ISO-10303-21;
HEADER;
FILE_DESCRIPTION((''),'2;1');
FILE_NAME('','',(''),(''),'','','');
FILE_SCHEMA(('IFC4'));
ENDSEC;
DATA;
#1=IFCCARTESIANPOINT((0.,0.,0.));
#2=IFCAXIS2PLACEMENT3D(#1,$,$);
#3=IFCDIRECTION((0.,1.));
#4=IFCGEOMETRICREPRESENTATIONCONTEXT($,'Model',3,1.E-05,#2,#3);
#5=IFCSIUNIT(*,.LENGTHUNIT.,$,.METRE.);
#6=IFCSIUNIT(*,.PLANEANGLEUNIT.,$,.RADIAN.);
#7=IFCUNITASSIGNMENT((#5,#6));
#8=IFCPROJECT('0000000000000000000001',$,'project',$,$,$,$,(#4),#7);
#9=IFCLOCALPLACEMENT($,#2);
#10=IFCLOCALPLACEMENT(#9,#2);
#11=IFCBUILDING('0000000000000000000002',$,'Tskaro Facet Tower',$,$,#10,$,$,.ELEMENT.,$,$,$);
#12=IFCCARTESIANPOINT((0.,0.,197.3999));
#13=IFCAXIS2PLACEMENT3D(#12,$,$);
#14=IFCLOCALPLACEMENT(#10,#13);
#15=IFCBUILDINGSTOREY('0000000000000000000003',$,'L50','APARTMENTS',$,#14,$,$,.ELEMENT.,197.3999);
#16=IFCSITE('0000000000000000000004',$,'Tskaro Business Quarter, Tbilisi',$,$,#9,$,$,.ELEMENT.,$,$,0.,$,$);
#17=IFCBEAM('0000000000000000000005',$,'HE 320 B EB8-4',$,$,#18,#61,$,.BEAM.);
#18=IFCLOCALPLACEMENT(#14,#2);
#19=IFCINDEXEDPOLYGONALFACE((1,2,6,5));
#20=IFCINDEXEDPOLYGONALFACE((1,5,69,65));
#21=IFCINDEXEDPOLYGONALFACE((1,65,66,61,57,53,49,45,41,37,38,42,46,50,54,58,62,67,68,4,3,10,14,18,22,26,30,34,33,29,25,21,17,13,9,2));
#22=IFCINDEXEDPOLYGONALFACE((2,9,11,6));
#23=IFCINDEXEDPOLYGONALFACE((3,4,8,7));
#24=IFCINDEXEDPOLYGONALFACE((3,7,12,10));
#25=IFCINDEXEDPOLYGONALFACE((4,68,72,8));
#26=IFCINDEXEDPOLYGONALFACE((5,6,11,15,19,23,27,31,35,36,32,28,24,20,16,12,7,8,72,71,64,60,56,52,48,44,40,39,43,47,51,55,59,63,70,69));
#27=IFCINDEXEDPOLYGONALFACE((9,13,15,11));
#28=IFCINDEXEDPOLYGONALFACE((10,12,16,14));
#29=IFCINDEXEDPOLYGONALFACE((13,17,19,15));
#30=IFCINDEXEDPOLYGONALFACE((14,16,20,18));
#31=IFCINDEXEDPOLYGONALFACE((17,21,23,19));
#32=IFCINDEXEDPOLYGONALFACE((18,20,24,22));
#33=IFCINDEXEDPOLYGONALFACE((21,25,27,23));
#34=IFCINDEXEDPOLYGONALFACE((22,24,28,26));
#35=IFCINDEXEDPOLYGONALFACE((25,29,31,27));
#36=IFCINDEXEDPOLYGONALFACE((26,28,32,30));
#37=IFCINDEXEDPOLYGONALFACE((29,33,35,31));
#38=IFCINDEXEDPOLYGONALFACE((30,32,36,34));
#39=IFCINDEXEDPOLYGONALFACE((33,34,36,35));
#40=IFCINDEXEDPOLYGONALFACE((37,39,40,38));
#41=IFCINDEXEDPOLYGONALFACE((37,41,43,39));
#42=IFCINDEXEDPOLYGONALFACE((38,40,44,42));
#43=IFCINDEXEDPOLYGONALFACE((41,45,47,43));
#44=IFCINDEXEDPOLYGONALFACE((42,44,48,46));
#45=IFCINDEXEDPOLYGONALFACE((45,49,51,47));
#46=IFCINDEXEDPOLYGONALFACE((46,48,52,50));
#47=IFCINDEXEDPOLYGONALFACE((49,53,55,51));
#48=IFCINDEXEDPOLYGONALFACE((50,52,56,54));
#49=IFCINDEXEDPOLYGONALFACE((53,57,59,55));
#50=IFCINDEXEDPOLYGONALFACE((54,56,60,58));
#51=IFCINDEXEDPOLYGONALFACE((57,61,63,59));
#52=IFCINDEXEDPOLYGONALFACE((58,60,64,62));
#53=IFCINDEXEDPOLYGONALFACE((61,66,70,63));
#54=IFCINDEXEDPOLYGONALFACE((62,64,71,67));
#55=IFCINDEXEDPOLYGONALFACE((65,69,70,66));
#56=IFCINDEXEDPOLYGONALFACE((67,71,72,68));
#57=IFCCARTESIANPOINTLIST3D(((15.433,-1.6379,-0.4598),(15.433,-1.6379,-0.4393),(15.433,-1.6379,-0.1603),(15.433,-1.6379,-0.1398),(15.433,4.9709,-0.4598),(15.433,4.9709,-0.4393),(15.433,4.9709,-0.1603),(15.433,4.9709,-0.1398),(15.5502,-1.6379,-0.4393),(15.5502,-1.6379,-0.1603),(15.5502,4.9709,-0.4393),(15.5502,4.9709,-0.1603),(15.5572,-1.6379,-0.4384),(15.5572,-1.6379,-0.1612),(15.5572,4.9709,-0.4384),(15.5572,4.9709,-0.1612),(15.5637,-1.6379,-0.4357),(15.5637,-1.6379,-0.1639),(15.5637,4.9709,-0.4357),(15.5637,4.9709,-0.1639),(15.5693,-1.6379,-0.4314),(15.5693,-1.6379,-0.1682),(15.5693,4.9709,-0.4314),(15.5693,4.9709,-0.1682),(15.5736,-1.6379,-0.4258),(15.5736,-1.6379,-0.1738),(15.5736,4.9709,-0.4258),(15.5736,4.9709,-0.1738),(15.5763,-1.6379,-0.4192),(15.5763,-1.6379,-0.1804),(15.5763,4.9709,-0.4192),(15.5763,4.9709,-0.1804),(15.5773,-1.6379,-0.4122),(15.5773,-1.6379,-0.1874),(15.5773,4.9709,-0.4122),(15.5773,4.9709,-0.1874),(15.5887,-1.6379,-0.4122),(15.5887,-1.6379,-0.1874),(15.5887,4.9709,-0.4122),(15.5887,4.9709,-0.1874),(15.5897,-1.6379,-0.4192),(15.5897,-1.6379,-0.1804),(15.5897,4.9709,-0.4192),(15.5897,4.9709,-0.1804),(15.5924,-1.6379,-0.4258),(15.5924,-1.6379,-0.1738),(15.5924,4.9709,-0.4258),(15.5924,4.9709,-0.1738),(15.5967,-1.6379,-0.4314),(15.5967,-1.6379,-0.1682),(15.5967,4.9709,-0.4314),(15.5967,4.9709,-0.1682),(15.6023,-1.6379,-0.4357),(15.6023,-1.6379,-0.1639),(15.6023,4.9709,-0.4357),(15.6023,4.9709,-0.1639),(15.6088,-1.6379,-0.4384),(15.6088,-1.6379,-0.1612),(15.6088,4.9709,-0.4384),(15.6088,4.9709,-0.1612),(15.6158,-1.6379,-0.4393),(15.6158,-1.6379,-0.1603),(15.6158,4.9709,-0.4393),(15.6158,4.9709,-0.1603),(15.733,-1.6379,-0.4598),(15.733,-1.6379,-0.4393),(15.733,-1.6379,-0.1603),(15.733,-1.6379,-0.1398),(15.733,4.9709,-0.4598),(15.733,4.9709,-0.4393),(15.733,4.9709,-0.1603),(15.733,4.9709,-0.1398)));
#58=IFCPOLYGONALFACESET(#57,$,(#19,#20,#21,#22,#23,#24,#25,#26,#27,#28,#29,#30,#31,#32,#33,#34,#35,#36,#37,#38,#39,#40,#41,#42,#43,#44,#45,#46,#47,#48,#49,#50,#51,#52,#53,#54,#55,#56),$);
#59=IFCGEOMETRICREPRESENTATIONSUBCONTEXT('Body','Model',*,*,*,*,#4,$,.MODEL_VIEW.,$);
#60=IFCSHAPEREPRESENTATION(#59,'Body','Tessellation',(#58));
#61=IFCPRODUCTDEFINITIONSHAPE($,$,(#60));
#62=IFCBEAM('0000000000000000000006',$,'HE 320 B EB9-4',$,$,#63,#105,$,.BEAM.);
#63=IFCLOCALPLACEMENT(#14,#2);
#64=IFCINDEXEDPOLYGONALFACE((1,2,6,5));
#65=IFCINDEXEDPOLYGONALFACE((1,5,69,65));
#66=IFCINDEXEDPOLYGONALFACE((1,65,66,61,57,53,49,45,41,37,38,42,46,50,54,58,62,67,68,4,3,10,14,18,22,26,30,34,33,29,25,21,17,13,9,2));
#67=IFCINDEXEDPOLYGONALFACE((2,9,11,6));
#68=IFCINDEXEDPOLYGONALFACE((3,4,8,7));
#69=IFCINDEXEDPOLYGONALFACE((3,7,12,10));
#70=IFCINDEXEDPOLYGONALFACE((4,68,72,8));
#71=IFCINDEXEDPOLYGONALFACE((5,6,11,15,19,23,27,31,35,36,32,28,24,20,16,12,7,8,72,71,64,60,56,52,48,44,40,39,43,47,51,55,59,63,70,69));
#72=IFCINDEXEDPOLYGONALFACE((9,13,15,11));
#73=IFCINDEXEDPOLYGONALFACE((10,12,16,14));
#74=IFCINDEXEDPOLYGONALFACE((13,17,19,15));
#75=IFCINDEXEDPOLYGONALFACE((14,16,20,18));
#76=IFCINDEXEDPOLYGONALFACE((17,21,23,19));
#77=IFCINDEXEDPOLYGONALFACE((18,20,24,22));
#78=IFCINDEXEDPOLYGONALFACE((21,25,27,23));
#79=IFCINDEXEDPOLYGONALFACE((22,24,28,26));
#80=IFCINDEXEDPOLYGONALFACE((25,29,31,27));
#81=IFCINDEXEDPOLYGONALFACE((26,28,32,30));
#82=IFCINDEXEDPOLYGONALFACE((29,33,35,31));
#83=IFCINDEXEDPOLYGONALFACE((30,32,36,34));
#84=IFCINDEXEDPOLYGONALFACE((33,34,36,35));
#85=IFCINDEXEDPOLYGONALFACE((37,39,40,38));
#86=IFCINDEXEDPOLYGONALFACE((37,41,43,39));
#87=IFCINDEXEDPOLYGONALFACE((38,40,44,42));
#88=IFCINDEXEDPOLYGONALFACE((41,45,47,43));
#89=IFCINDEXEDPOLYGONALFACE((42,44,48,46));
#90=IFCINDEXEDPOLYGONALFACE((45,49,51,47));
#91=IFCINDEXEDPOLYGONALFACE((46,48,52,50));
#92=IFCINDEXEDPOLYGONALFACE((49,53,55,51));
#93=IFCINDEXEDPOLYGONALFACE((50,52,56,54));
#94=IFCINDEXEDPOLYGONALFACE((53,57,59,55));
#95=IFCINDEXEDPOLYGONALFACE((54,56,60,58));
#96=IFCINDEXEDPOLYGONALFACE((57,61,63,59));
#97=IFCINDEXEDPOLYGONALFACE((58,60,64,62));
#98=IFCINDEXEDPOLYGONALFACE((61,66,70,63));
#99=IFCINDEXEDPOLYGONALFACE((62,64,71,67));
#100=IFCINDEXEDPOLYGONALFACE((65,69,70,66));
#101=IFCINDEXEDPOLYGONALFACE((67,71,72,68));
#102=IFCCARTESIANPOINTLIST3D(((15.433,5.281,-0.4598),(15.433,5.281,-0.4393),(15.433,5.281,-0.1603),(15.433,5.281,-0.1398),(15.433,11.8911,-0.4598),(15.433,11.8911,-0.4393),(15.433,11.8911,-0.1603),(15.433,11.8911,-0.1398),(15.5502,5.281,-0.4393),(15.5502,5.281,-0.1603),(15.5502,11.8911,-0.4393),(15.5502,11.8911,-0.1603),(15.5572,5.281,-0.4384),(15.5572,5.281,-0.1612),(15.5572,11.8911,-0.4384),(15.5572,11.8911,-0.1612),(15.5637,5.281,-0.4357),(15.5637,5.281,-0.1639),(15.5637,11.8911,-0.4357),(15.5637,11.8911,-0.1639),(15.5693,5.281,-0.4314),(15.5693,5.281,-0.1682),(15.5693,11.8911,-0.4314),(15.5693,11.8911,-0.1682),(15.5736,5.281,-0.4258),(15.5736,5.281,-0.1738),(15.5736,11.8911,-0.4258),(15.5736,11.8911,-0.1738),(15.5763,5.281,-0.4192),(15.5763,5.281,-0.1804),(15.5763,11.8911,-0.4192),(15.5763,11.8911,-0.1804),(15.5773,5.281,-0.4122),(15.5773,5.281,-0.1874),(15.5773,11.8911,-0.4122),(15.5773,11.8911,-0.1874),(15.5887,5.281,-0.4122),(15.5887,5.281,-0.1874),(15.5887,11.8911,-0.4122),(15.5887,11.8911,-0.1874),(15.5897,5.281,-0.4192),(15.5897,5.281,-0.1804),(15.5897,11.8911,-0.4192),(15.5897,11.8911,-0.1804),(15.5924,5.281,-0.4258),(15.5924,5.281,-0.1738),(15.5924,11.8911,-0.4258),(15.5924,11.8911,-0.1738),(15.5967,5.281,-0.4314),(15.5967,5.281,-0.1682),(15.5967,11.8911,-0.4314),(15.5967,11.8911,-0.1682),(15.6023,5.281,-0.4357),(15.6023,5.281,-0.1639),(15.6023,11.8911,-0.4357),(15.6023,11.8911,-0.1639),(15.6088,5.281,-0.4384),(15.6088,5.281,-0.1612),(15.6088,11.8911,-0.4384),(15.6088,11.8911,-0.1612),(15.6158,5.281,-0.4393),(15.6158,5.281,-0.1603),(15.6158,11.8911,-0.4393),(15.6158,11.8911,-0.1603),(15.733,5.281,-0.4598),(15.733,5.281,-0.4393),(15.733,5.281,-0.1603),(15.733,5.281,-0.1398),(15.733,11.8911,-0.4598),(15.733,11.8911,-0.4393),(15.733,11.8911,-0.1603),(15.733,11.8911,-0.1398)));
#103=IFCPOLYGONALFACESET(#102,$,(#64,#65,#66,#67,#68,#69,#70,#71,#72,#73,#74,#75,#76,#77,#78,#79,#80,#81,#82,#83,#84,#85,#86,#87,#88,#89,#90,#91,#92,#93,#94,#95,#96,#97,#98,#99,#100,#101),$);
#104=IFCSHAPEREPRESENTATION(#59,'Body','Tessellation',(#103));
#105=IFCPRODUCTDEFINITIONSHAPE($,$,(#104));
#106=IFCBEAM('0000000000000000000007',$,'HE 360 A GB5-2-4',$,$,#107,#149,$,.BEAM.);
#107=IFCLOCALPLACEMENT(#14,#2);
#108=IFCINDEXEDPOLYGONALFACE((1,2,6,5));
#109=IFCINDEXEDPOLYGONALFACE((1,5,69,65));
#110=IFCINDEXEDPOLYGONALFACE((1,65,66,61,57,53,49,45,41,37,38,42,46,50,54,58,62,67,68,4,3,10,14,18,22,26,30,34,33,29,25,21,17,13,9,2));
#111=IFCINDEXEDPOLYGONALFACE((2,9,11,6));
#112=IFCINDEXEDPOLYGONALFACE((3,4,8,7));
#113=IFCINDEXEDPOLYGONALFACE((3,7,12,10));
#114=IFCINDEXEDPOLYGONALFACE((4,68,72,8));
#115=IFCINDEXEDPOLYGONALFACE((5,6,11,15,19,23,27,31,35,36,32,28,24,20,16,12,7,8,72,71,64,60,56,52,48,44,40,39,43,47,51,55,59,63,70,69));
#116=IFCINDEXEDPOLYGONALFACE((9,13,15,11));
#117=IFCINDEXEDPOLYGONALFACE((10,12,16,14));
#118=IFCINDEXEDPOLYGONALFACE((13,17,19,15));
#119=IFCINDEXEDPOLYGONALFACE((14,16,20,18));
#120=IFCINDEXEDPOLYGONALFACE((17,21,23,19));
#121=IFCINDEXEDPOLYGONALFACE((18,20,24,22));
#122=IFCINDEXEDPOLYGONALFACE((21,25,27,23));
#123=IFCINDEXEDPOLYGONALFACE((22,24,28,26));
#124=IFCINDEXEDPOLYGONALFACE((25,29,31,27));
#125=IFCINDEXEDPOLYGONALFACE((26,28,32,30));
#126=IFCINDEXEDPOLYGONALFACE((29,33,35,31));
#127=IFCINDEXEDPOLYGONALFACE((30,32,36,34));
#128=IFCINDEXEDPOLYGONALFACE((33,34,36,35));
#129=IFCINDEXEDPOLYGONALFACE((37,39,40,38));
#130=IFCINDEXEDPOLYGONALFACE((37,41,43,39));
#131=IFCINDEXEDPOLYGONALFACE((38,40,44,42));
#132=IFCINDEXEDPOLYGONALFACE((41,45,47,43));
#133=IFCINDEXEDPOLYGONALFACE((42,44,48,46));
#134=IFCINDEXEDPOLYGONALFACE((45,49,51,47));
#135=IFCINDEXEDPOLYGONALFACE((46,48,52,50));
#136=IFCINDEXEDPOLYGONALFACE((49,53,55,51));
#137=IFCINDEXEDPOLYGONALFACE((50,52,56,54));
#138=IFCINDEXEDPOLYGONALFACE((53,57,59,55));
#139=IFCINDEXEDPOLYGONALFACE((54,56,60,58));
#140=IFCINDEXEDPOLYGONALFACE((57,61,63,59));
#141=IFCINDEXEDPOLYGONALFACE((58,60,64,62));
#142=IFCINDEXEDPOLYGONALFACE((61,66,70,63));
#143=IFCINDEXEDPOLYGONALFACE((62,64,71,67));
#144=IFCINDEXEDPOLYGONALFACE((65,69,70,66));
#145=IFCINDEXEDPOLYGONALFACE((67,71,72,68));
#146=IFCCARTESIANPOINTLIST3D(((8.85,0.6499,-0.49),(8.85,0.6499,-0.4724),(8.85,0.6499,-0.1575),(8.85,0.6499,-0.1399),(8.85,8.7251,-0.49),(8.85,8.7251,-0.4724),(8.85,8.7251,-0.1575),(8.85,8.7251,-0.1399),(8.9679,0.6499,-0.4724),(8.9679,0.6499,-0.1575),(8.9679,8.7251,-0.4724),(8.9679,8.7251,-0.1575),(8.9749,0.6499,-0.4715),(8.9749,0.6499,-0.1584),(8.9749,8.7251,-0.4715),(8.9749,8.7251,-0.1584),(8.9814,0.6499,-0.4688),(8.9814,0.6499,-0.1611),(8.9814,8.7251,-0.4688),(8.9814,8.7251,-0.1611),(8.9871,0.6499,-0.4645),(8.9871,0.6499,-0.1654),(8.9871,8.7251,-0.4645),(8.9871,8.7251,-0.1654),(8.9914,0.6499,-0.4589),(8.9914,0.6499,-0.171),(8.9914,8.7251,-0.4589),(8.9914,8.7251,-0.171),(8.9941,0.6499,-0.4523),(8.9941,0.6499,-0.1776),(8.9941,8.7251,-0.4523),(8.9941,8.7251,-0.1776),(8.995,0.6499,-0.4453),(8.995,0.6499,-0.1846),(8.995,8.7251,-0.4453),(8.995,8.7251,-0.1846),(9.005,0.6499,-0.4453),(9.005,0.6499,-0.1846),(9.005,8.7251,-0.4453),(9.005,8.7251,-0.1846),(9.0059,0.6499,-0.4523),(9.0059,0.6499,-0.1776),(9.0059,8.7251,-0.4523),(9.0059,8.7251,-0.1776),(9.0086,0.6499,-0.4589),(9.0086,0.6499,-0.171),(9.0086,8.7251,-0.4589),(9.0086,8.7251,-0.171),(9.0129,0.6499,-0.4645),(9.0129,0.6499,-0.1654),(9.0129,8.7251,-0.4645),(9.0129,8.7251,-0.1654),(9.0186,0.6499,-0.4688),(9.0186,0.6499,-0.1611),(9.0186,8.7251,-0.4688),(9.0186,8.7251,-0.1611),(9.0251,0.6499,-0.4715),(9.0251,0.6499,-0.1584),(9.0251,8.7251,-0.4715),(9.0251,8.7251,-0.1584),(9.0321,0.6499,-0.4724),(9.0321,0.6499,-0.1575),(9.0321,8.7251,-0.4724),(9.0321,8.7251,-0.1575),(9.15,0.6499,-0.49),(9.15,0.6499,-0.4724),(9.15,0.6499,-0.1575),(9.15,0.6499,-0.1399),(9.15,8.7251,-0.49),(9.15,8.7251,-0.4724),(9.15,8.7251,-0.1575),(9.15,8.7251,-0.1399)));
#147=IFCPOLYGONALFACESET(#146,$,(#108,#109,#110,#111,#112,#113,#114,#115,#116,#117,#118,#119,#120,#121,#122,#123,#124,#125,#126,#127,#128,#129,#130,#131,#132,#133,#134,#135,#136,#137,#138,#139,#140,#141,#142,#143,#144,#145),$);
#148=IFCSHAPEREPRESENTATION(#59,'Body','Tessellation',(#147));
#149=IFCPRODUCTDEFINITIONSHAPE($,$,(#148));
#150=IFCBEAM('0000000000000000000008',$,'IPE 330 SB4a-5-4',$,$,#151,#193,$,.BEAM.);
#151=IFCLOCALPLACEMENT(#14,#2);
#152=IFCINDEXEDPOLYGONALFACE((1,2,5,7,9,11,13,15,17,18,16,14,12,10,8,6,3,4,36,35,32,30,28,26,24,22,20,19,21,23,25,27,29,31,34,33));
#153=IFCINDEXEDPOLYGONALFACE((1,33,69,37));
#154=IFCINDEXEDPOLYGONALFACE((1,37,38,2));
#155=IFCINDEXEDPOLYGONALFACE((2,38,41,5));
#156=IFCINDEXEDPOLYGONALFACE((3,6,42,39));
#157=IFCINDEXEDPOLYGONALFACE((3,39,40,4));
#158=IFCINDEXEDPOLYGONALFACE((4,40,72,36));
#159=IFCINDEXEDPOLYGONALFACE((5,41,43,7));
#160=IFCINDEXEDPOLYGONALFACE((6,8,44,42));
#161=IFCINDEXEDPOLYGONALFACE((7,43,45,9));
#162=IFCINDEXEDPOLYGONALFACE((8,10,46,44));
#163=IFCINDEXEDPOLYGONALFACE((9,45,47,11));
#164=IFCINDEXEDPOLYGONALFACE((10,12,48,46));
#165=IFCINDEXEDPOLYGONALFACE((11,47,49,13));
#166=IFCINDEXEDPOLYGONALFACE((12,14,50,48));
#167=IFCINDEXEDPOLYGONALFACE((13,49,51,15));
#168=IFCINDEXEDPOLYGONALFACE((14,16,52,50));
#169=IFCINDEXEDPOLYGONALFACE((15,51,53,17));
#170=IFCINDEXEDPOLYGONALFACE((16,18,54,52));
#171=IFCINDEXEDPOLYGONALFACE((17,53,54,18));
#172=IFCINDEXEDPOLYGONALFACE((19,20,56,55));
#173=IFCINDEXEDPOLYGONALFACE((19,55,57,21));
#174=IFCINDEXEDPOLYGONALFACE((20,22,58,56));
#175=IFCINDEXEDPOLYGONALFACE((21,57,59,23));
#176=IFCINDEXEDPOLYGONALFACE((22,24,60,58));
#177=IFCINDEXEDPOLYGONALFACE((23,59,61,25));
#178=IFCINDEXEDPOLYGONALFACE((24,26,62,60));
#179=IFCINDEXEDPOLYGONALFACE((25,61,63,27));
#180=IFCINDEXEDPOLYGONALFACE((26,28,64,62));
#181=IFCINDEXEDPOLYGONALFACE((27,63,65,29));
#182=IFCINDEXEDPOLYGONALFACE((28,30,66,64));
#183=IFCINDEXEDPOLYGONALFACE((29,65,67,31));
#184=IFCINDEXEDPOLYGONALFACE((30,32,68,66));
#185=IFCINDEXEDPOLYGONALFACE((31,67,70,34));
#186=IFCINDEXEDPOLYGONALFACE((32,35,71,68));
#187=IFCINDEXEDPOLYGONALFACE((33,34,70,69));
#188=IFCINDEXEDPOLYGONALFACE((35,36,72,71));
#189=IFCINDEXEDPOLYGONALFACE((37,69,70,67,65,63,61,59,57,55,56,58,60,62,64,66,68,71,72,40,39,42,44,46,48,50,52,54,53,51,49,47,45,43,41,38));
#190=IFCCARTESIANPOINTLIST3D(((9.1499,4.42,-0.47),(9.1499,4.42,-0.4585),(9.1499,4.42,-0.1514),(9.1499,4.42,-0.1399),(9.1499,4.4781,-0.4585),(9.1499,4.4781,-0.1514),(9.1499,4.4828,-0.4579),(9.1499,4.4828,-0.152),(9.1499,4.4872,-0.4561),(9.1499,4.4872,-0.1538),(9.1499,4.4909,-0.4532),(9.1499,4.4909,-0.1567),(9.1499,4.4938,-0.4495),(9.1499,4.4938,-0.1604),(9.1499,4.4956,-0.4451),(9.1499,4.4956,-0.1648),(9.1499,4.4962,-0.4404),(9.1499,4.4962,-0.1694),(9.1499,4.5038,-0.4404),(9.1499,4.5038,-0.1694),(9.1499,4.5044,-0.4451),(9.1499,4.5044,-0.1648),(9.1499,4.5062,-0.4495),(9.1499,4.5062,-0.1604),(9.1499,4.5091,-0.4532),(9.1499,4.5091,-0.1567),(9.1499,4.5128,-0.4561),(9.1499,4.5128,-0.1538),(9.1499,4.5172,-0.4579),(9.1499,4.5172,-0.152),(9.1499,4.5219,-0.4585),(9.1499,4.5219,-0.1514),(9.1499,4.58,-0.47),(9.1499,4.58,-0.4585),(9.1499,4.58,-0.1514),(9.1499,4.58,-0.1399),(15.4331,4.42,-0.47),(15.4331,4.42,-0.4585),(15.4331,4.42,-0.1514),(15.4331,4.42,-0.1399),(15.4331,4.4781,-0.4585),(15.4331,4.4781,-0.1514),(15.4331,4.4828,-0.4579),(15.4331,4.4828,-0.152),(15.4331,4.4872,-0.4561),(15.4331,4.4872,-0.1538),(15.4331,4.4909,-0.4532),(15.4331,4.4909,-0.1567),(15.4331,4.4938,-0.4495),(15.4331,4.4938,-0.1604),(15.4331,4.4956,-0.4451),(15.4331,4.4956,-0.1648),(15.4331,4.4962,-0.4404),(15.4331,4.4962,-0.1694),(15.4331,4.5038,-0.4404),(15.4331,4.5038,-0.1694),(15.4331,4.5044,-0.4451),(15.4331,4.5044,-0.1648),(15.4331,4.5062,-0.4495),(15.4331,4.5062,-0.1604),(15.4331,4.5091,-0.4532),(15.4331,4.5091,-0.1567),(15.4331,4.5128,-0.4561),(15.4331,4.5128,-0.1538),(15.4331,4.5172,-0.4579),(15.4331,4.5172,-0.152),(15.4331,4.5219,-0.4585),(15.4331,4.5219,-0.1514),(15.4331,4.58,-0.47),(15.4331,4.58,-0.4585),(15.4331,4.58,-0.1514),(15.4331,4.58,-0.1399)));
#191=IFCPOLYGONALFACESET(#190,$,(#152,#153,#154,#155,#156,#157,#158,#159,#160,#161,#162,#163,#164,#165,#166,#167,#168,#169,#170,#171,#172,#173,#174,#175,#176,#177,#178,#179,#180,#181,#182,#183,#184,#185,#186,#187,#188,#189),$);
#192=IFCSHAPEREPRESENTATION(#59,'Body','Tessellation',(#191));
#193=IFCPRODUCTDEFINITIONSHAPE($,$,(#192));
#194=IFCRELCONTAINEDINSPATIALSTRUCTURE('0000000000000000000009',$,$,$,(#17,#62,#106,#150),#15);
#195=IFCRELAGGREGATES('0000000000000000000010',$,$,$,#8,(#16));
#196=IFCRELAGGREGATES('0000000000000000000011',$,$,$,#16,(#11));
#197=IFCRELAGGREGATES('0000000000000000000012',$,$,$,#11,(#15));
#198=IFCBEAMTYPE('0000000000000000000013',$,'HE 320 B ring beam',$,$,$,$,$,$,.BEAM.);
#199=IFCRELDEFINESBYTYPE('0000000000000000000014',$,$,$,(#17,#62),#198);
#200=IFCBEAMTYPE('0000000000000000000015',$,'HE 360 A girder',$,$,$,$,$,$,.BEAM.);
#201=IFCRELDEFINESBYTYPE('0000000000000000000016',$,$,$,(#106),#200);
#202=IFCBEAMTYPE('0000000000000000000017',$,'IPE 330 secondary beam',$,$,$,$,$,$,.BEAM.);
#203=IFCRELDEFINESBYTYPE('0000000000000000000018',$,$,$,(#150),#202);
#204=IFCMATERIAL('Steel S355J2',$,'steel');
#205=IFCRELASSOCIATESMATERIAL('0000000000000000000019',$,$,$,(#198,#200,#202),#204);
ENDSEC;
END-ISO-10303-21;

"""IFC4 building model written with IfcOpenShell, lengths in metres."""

from ifc_helpers import new_model, si_unit, direction, frame, origin, origin_2d, place, context, subcontext, project, spatial, i_section, extrude, material, material_profile, profile_set, type_object, element, save


model = new_model("IFC4")

# Units and contexts
model_context = context("Model", 3, precision=1e-05, world=origin(), true_north=direction((0.0, 1.0)))
body_context = subcontext(model_context, "Body", "Model", "MODEL_VIEW")
ifc_project = project(units=[si_unit("LENGTHUNIT", "METRE"), si_unit("PLANEANGLEUNIT", "RADIAN")], contexts=[model_context])

# Site, building, storey
site_placement = place(None, origin())
site = spatial("IfcSite", under=ifc_project, at=site_placement, Name="Tskaro Business Quarter, Tbilisi", CompositionType="ELEMENT", RefElevation=0.0)
building_placement = place(site_placement, origin())
building = spatial("IfcBuilding", under=site, at=building_placement, Name="Tskaro Facet Tower", CompositionType="ELEMENT")
storey_placement = place(building_placement, frame((0.0, 0.0, 197.3999)))
storey = spatial("IfcBuildingStorey", under=building, at=storey_placement, Name="L50", Description="APARTMENTS", CompositionType="ELEMENT", Elevation=197.3999)

# Beams
ifc_material_1 = material(Name="Steel S355J2", Category="steel")
ifc_material_profile_1 = material_profile(ifc_material_1, i_section(OverallWidth=0.3, OverallDepth=0.3201, WebThickness=0.0115, FlangeThickness=0.0205, FilletRadius=0.0271, at=origin_2d()), Name="HE 320 B")
ifc_profile_set_1 = profile_set([ifc_material_profile_1], Name="Steel S355J2")
beam_type_1 = type_object("IfcBeamType", Name="HE 320 B ring beam", PredefinedType="BEAM", material=ifc_profile_set_1)
beam_1_placement = place(storey_placement, frame((15.583, -1.6379, -0.2998), z_axis=(0.0, 1.0, 0.0), x_axis=(-1.0, 0.0, 0.0)))
element("IfcBeam", 1, at=beam_1_placement, inside=storey, type_object=beam_type_1, Name="HE 320 B EB8-4", PredefinedType="BEAM", context=body_context, shape_type="SweptSolid", body=[
    extrude(i_section(OverallWidth=0.3, OverallDepth=0.3201, WebThickness=0.0115, FlangeThickness=0.0205, FilletRadius=0.0271, at=origin_2d()), origin(), (0.0, 0.0, 1.0), 6.6089),
])
beam_2_placement = place(storey_placement, frame((15.583, 5.281, -0.2998), z_axis=(0.0, 1.0, 0.0), x_axis=(-1.0, 0.0, 0.0)))
element("IfcBeam", 2, at=beam_2_placement, inside=storey, type_object=beam_type_1, Name="HE 320 B EB9-4", PredefinedType="BEAM", context=body_context, shape_type="SweptSolid", body=[
    extrude(i_section(OverallWidth=0.3, OverallDepth=0.3201, WebThickness=0.0115, FlangeThickness=0.0205, FilletRadius=0.0271, at=origin_2d()), origin(), (0.0, 0.0, 1.0), 6.6101),
])
ifc_material_profile_2 = material_profile(ifc_material_1, i_section(OverallWidth=0.3, OverallDepth=0.3501, WebThickness=0.01, FlangeThickness=0.0176, FilletRadius=0.0271, at=origin_2d()), Name="HE 360 A")
ifc_profile_set_2 = profile_set([ifc_material_profile_2], Name="Steel S355J2")
beam_type_2 = type_object("IfcBeamType", Name="HE 360 A girder", PredefinedType="BEAM", material=ifc_profile_set_2)
beam_3_placement = place(storey_placement, frame((9.0, 0.6499, -0.3149), z_axis=(0.0, 1.0, 0.0), x_axis=(-1.0, 0.0, 0.0)))
element("IfcBeam", 3, at=beam_3_placement, inside=storey, type_object=beam_type_2, Name="HE 360 A GB5-2-4", PredefinedType="BEAM", context=body_context, shape_type="SweptSolid", body=[
    extrude(i_section(OverallWidth=0.3, OverallDepth=0.3501, WebThickness=0.01, FlangeThickness=0.0176, FilletRadius=0.0271, at=origin_2d()), origin(), (0.0, 0.0, 1.0), 8.0752),
])
ifc_material_profile_3 = material_profile(ifc_material_1, i_section(OverallWidth=0.1599, OverallDepth=0.3301, WebThickness=0.0076, FlangeThickness=0.0115, FilletRadius=0.0181, at=origin_2d()), Name="IPE 330")
ifc_profile_set_3 = profile_set([ifc_material_profile_3], Name="Steel S355J2")
beam_type_3 = type_object("IfcBeamType", Name="IPE 330 secondary beam", PredefinedType="BEAM", material=ifc_profile_set_3)
beam_4_placement = place(storey_placement, frame((9.1499, 4.5, -0.3049), z_axis=(1.0, 0.0, 0.0), x_axis=(0.0, 1.0, 0.0)))
element("IfcBeam", 4, at=beam_4_placement, inside=storey, type_object=beam_type_3, Name="IPE 330 SB4a-5-4", PredefinedType="BEAM", context=body_context, shape_type="SweptSolid", body=[
    extrude(i_section(OverallWidth=0.1599, OverallDepth=0.3301, WebThickness=0.0076, FlangeThickness=0.0115, FilletRadius=0.0181, at=origin_2d()), origin(), (0.0, 0.0, 1.0), 6.2832),
])

save(model, "model.ifc")
